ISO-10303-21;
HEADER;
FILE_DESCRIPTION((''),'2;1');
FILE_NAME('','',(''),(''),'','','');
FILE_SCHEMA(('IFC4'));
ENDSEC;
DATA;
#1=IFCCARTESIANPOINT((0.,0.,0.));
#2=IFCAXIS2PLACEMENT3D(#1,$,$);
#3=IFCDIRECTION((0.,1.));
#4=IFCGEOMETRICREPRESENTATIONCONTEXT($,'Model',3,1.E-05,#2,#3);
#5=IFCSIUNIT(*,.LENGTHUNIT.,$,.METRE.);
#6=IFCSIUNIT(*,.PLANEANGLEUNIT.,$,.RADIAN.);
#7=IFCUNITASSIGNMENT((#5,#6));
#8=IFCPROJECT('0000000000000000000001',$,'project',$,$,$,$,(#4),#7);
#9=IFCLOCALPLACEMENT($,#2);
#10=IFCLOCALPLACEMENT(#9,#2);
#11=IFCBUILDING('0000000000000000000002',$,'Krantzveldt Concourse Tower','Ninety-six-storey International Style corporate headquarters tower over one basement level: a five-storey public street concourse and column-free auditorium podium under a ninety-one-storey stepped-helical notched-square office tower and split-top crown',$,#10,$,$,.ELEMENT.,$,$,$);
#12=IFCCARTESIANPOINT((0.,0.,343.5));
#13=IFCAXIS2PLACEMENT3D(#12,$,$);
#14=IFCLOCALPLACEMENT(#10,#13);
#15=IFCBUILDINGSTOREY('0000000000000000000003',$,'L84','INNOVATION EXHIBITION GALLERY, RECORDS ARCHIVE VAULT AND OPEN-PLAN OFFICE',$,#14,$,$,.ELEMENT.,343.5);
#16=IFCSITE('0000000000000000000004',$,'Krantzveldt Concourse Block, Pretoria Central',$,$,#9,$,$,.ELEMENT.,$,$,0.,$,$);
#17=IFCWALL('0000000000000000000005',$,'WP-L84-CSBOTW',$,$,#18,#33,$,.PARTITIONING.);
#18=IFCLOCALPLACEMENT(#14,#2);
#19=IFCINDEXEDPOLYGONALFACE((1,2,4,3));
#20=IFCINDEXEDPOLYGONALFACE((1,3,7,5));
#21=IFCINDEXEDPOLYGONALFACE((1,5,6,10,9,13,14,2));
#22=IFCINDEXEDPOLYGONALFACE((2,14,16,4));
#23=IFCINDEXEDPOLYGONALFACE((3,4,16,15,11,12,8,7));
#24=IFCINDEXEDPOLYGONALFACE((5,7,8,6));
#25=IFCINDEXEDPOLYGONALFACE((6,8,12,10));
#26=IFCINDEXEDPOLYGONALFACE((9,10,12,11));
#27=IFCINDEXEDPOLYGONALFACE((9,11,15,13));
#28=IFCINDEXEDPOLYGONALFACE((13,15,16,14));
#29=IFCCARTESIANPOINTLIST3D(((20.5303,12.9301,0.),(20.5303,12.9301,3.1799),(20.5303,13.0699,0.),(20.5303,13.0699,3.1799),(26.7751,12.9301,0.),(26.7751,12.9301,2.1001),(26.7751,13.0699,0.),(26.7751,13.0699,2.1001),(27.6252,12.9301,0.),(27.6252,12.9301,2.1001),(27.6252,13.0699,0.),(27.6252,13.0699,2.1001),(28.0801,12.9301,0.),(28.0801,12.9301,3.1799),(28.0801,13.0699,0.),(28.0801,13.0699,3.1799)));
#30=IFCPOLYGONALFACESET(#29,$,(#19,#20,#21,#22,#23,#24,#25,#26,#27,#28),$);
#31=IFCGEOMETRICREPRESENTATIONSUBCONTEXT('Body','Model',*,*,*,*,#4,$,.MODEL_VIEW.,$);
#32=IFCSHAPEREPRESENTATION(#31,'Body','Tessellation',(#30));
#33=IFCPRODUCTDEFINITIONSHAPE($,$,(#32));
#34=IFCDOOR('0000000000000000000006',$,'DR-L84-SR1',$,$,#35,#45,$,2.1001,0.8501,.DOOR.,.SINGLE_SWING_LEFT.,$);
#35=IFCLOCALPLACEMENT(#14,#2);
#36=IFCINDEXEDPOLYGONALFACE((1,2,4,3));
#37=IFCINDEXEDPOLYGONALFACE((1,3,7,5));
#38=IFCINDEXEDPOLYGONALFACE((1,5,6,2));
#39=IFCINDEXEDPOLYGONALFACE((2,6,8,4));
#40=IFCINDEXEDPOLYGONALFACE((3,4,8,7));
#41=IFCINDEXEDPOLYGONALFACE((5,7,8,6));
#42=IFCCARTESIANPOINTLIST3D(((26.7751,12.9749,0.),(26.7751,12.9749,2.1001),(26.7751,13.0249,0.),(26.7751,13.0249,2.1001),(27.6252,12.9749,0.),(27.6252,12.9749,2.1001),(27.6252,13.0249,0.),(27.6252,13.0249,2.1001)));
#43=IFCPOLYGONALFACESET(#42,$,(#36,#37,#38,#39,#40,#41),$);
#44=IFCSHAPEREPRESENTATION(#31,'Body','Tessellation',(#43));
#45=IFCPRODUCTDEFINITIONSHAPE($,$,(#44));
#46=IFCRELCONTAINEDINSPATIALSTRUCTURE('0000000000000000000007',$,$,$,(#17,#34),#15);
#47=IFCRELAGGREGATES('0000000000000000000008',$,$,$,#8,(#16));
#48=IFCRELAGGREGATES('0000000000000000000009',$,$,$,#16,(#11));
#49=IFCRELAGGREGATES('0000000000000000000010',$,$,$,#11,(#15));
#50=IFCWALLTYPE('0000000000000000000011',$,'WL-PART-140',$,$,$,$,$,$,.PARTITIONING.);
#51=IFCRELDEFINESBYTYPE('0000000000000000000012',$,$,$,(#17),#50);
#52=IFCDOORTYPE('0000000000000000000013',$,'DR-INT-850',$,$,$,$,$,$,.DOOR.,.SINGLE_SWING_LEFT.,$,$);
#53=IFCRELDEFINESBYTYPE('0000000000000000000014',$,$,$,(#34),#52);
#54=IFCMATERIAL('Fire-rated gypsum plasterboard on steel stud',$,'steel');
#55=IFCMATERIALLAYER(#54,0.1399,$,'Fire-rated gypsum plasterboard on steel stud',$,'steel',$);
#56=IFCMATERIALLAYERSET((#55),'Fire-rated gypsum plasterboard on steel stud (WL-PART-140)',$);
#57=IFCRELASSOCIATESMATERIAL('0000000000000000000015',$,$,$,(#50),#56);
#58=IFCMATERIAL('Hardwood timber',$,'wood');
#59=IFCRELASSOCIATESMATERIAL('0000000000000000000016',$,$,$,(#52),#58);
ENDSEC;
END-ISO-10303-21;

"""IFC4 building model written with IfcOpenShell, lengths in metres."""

from ifc_helpers import new_model, si_unit, direction, frame, frame_2d, origin, place, context, subcontext, project, spatial, rectangle, extrude, material, layer, layer_set, type_object, element, fill, save


model = new_model("IFC4")

# Units and contexts
model_context = context("Model", 3, precision=1e-05, world=origin(), true_north=direction((0.0, 1.0)))
body_context = subcontext(model_context, "Body", "Model", "MODEL_VIEW")
ifc_project = project(units=[si_unit("LENGTHUNIT", "METRE"), si_unit("PLANEANGLEUNIT", "RADIAN")], contexts=[model_context])

# Site, building, storey
site_placement = place(None, origin())
site = spatial("IfcSite", under=ifc_project, at=site_placement, Name="Krantzveldt Concourse Block, Pretoria Central", CompositionType="ELEMENT", RefElevation=0.0)
building_placement = place(site_placement, origin())
building = spatial("IfcBuilding", under=site, at=building_placement, Name="Krantzveldt Concourse Tower", Description="Ninety-six-storey International Style corporate headquarters tower over one basement level: a five-storey public street concourse and column-free auditorium podium under a ninety-one-storey stepped-helical notched-square office tower and split-top crown", CompositionType="ELEMENT")
storey_placement = place(building_placement, frame((0.0, 0.0, 343.5)))
storey = spatial("IfcBuildingStorey", under=building, at=storey_placement, Name="L84", Description="INNOVATION EXHIBITION GALLERY, RECORDS ARCHIVE VAULT AND OPEN-PLAN OFFICE", CompositionType="ELEMENT", Elevation=343.5)

# Shared definitions
ifc_material_1 = material(Name="Fire-rated gypsum plasterboard on steel stud", Category="steel")

# Wall, opening, door
ifc_layer_1 = layer(ifc_material_1, 0.1399, Name="Fire-rated gypsum plasterboard on steel stud", Category="steel")
ifc_layer_set_1 = layer_set([ifc_layer_1], Name="Fire-rated gypsum plasterboard on steel stud (WL-PART-140)")
wall_type_1 = type_object("IfcWallType", Name="WL-PART-140", PredefinedType="PARTITIONING", material=ifc_layer_set_1)
wall_1_placement = place(storey_placement, frame((20.5303, 13.0, 0.0), z_axis=(0.0, 0.0, 1.0), x_axis=(1.0, 0.0, 0.0)))
wall_1 = element("IfcWall", 1, at=wall_1_placement, inside=storey, type_object=wall_type_1, Name="WP-L84-CSBOTW", PredefinedType="PARTITIONING", context=body_context, shape_type="SweptSolid", body=[
    extrude(rectangle(XDim=7.5498, YDim=0.1399, at=frame_2d((3.7749, 0.0))), origin(), (0.0, 0.0, 1.0), 3.1799),
])
opening_placement = place(wall_1_placement, frame((6.2449, 0.0, 0.0)))
opening = element("IfcOpeningElement", 2, at=opening_placement, cuts=wall_1, PredefinedType="OPENING", context=body_context, shape_type="SweptSolid", body=[
    extrude(rectangle(XDim=0.8501, YDim=2.1001, at=frame_2d((0.425, 1.05))), frame((0.0, 0.0801, 0.0), z_axis=(0.0, -1.0, 0.0), x_axis=(1.0, 0.0, 0.0)), (0.0, 0.0, 1.0), 0.1599),
])
ifc_material_2 = material(Name="Hardwood timber", Category="wood")
door_type = type_object("IfcDoorType", Name="DR-INT-850", OperationType="SINGLE_SWING_LEFT", PredefinedType="DOOR", material=ifc_material_2)
door_placement = place(opening_placement, origin())
door = element("IfcDoor", 3, at=door_placement, inside=storey, type_object=door_type, Name="DR-L84-SR1", OperationType="SINGLE_SWING_LEFT", OverallHeight=2.1001, OverallWidth=0.8501, PredefinedType="DOOR", context=body_context, shape_type="SweptSolid", body=[
    extrude(rectangle(XDim=0.8501, YDim=2.1001, at=frame_2d((0.425, 1.05))), frame((0.0, 0.0249, 0.0), z_axis=(0.0, -1.0, 0.0), x_axis=(1.0, 0.0, 0.0)), (0.0, 0.0, 1.0), 0.05),
])
fill(opening, door)

save(model, "model.ifc")
